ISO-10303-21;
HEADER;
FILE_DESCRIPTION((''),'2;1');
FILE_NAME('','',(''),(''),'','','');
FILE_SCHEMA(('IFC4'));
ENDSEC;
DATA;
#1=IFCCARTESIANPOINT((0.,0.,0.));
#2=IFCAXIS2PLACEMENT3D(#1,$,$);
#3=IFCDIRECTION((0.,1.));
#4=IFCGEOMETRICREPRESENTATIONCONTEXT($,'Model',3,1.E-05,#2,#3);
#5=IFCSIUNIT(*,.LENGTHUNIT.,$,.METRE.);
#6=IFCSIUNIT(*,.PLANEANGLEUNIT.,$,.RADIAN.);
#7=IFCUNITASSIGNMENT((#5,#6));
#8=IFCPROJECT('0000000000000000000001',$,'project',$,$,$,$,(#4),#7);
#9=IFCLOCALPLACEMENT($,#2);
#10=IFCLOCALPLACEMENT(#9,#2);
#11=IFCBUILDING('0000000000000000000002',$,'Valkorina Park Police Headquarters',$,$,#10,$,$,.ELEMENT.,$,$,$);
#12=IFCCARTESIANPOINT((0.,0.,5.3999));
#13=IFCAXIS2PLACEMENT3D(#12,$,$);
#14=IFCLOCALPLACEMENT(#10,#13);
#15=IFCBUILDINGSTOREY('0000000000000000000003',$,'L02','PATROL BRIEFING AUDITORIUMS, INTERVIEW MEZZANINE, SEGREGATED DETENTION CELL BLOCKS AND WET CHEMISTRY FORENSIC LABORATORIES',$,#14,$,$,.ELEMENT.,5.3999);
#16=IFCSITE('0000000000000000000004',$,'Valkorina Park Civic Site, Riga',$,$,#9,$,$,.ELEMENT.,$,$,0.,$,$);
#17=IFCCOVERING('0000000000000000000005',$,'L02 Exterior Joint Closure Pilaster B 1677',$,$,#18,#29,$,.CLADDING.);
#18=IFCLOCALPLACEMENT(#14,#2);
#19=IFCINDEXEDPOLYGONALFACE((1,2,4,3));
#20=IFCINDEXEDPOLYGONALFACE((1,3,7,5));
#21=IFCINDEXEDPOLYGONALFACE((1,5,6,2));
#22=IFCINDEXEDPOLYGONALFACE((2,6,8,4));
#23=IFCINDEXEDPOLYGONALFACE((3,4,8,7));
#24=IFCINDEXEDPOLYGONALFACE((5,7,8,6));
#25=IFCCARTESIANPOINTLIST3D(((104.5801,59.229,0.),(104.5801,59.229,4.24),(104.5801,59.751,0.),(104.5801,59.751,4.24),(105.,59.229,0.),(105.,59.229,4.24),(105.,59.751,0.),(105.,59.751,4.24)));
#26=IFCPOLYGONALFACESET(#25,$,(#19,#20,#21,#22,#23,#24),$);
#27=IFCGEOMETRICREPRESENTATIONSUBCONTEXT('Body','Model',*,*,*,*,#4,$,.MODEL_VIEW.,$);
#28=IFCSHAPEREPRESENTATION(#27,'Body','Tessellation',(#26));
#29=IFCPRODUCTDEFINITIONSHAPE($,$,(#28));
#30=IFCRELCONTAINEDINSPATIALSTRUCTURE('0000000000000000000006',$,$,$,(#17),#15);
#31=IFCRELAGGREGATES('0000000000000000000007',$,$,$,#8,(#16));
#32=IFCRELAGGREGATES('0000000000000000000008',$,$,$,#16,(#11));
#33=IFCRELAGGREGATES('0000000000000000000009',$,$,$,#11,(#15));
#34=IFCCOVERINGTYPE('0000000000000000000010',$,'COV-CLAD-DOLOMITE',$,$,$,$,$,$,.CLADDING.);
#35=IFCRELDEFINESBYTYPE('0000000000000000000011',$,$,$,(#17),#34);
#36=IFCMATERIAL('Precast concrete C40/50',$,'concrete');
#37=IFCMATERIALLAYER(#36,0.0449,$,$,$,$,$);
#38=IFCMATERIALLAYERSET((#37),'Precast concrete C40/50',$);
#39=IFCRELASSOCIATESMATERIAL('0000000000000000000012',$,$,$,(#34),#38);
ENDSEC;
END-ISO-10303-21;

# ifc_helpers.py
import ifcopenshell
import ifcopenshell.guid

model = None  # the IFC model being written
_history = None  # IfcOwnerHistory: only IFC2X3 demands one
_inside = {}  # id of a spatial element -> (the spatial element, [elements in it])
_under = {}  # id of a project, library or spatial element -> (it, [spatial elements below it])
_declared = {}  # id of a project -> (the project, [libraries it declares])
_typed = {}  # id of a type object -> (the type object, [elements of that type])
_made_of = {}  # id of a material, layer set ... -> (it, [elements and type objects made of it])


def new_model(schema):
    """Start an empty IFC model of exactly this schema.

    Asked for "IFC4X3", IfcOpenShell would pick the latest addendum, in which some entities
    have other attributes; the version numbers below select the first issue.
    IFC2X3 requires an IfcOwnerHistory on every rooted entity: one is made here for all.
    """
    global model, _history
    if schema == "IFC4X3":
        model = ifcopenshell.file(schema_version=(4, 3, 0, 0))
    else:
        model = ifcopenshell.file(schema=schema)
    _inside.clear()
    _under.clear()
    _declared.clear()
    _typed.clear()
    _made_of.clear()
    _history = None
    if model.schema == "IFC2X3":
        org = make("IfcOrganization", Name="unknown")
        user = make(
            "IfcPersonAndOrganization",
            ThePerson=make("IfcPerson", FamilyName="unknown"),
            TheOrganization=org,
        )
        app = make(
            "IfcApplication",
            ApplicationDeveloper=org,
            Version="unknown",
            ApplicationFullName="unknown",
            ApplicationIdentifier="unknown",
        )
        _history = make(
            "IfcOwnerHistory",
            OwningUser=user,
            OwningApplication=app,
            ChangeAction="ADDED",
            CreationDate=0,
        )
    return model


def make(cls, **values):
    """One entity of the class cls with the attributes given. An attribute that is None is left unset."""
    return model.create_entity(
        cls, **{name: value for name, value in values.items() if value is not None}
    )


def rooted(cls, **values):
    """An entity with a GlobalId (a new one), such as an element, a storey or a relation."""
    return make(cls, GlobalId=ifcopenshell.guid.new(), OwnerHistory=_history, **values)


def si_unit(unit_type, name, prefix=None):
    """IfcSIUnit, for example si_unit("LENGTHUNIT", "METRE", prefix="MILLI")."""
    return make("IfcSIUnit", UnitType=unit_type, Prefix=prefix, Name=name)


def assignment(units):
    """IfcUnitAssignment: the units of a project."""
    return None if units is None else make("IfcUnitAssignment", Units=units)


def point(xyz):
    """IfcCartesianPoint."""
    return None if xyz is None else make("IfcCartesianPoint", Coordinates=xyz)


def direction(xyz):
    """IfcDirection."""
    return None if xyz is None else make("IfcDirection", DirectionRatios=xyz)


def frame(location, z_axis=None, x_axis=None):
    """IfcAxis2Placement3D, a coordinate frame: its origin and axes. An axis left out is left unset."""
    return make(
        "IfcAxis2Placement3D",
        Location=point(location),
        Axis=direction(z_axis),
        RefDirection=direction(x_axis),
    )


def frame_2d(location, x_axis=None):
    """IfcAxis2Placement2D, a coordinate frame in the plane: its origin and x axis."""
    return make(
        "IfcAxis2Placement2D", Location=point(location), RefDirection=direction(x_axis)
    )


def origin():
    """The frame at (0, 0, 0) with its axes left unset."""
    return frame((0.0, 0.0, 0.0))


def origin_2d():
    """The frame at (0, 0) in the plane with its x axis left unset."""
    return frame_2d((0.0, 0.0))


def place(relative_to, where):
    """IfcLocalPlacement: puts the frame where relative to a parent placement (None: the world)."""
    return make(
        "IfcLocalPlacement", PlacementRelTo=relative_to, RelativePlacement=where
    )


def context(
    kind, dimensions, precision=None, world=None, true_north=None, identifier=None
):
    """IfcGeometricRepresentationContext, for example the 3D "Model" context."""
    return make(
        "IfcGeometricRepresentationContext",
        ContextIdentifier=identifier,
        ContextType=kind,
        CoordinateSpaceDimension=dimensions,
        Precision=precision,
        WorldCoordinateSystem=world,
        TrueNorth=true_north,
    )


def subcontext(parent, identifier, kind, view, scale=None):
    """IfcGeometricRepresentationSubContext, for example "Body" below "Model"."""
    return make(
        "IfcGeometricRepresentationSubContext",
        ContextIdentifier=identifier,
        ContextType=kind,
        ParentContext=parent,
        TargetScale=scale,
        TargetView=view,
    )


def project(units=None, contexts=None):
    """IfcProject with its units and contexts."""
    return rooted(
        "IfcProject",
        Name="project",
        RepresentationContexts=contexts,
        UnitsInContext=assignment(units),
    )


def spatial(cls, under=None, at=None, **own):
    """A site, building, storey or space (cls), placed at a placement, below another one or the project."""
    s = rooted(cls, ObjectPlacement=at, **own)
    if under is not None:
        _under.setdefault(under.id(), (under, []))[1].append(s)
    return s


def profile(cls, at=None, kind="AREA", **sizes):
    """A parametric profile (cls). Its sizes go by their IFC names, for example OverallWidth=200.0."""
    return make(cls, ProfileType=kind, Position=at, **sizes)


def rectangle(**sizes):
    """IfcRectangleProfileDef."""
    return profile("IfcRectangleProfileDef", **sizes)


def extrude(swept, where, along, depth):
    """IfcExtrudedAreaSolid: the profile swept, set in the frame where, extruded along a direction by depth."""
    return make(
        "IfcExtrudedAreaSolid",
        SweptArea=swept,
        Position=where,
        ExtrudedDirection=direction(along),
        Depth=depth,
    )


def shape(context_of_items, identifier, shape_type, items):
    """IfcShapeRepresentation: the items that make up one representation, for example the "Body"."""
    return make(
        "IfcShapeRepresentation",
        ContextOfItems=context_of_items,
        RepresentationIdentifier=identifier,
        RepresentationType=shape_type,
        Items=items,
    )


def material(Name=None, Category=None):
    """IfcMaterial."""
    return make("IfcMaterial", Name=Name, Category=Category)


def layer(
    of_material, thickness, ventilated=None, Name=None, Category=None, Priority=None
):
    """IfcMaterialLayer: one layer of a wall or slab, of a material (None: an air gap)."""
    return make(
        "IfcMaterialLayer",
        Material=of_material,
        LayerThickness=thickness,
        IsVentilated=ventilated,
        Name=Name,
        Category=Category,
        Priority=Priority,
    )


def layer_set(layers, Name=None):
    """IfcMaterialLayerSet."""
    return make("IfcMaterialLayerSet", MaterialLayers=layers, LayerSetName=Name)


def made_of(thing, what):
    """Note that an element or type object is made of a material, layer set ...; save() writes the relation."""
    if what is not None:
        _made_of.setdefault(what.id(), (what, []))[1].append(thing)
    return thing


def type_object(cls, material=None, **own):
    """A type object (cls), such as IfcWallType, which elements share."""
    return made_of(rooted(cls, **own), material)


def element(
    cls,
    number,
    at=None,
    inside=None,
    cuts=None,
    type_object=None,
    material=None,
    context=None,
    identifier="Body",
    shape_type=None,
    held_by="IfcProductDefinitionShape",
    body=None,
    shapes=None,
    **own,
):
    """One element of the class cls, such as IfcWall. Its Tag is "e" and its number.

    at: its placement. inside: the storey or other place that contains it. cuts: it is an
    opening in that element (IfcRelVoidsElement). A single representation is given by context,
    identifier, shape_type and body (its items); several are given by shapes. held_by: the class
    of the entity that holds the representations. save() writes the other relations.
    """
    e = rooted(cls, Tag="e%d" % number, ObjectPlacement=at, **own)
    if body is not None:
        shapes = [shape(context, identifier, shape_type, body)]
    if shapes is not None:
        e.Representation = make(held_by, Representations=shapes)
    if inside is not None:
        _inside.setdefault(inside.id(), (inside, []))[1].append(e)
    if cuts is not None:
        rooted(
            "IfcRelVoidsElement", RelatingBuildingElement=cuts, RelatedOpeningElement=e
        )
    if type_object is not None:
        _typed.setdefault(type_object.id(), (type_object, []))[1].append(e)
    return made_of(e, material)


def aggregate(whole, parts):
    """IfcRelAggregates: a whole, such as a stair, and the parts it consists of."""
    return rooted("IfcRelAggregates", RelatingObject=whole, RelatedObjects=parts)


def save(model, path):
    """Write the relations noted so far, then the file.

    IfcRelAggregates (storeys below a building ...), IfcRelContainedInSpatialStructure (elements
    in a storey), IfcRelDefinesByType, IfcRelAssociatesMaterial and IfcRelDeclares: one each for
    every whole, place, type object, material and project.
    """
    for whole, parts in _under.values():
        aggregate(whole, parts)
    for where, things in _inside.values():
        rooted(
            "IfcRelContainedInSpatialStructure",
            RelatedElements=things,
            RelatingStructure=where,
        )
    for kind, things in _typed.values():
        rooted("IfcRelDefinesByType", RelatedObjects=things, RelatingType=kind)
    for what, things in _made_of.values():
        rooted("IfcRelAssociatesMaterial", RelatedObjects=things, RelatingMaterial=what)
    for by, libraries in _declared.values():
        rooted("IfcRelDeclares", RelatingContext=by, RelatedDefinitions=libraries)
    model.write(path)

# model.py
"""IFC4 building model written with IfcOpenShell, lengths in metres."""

from ifc_helpers import new_model, si_unit, direction, frame, origin, origin_2d, place, context, subcontext, project, spatial, rectangle, extrude, material, layer, layer_set, type_object, element, save


model = new_model("IFC4")

# Units and contexts
model_context = context("Model", 3, precision=1e-05, world=origin(), true_north=direction((0.0, 1.0)))
body_context = subcontext(model_context, "Body", "Model", "MODEL_VIEW")
ifc_project = project(units=[si_unit("LENGTHUNIT", "METRE"), si_unit("PLANEANGLEUNIT", "RADIAN")], contexts=[model_context])

# Site, building, storey
site_placement = place(None, origin())
site = spatial("IfcSite", under=ifc_project, at=site_placement, Name="Valkorina Park Civic Site, Riga", CompositionType="ELEMENT", RefElevation=0.0)
building_placement = place(site_placement, origin())
building = spatial("IfcBuilding", under=site, at=building_placement, Name="Valkorina Park Police Headquarters", CompositionType="ELEMENT")
storey_placement = place(building_placement, frame((0.0, 0.0, 5.3999)))
storey = spatial("IfcBuildingStorey", under=building, at=storey_placement, Name="L02", Description="PATROL BRIEFING AUDITORIUMS, INTERVIEW MEZZANINE, SEGREGATED DETENTION CELL BLOCKS AND WET CHEMISTRY FORENSIC LABORATORIES", CompositionType="ELEMENT", Elevation=5.3999)

# Covering
ifc_material_1 = material(Name="Precast concrete C40/50", Category="concrete")
ifc_layer_1 = layer(ifc_material_1, 0.0449)
ifc_layer_set_1 = layer_set([ifc_layer_1], Name="Precast concrete C40/50")
covering_type = type_object("IfcCoveringType", Name="COV-CLAD-DOLOMITE", PredefinedType="CLADDING", material=ifc_layer_set_1)
for number, where, z_axis, x_axis, name in (
    (1, (104.79, 59.49, 0.0), (0.0, 0.0, 1.0), (1.0, 0.0, 0.0), "L02 Exterior Joint Closure Pilaster B 1677"),
):
    element("IfcCovering", number, at=place(storey_placement, frame(where, z_axis=z_axis, x_axis=x_axis)), inside=storey, type_object=covering_type, Name=name, PredefinedType="CLADDING", context=body_context, shape_type="SweptSolid", body=[
        extrude(rectangle(XDim=0.4199, YDim=0.522, at=origin_2d()), origin(), (0.0, 0.0, 1.0), 4.24),
    ])

save(model, "model.ifc")
